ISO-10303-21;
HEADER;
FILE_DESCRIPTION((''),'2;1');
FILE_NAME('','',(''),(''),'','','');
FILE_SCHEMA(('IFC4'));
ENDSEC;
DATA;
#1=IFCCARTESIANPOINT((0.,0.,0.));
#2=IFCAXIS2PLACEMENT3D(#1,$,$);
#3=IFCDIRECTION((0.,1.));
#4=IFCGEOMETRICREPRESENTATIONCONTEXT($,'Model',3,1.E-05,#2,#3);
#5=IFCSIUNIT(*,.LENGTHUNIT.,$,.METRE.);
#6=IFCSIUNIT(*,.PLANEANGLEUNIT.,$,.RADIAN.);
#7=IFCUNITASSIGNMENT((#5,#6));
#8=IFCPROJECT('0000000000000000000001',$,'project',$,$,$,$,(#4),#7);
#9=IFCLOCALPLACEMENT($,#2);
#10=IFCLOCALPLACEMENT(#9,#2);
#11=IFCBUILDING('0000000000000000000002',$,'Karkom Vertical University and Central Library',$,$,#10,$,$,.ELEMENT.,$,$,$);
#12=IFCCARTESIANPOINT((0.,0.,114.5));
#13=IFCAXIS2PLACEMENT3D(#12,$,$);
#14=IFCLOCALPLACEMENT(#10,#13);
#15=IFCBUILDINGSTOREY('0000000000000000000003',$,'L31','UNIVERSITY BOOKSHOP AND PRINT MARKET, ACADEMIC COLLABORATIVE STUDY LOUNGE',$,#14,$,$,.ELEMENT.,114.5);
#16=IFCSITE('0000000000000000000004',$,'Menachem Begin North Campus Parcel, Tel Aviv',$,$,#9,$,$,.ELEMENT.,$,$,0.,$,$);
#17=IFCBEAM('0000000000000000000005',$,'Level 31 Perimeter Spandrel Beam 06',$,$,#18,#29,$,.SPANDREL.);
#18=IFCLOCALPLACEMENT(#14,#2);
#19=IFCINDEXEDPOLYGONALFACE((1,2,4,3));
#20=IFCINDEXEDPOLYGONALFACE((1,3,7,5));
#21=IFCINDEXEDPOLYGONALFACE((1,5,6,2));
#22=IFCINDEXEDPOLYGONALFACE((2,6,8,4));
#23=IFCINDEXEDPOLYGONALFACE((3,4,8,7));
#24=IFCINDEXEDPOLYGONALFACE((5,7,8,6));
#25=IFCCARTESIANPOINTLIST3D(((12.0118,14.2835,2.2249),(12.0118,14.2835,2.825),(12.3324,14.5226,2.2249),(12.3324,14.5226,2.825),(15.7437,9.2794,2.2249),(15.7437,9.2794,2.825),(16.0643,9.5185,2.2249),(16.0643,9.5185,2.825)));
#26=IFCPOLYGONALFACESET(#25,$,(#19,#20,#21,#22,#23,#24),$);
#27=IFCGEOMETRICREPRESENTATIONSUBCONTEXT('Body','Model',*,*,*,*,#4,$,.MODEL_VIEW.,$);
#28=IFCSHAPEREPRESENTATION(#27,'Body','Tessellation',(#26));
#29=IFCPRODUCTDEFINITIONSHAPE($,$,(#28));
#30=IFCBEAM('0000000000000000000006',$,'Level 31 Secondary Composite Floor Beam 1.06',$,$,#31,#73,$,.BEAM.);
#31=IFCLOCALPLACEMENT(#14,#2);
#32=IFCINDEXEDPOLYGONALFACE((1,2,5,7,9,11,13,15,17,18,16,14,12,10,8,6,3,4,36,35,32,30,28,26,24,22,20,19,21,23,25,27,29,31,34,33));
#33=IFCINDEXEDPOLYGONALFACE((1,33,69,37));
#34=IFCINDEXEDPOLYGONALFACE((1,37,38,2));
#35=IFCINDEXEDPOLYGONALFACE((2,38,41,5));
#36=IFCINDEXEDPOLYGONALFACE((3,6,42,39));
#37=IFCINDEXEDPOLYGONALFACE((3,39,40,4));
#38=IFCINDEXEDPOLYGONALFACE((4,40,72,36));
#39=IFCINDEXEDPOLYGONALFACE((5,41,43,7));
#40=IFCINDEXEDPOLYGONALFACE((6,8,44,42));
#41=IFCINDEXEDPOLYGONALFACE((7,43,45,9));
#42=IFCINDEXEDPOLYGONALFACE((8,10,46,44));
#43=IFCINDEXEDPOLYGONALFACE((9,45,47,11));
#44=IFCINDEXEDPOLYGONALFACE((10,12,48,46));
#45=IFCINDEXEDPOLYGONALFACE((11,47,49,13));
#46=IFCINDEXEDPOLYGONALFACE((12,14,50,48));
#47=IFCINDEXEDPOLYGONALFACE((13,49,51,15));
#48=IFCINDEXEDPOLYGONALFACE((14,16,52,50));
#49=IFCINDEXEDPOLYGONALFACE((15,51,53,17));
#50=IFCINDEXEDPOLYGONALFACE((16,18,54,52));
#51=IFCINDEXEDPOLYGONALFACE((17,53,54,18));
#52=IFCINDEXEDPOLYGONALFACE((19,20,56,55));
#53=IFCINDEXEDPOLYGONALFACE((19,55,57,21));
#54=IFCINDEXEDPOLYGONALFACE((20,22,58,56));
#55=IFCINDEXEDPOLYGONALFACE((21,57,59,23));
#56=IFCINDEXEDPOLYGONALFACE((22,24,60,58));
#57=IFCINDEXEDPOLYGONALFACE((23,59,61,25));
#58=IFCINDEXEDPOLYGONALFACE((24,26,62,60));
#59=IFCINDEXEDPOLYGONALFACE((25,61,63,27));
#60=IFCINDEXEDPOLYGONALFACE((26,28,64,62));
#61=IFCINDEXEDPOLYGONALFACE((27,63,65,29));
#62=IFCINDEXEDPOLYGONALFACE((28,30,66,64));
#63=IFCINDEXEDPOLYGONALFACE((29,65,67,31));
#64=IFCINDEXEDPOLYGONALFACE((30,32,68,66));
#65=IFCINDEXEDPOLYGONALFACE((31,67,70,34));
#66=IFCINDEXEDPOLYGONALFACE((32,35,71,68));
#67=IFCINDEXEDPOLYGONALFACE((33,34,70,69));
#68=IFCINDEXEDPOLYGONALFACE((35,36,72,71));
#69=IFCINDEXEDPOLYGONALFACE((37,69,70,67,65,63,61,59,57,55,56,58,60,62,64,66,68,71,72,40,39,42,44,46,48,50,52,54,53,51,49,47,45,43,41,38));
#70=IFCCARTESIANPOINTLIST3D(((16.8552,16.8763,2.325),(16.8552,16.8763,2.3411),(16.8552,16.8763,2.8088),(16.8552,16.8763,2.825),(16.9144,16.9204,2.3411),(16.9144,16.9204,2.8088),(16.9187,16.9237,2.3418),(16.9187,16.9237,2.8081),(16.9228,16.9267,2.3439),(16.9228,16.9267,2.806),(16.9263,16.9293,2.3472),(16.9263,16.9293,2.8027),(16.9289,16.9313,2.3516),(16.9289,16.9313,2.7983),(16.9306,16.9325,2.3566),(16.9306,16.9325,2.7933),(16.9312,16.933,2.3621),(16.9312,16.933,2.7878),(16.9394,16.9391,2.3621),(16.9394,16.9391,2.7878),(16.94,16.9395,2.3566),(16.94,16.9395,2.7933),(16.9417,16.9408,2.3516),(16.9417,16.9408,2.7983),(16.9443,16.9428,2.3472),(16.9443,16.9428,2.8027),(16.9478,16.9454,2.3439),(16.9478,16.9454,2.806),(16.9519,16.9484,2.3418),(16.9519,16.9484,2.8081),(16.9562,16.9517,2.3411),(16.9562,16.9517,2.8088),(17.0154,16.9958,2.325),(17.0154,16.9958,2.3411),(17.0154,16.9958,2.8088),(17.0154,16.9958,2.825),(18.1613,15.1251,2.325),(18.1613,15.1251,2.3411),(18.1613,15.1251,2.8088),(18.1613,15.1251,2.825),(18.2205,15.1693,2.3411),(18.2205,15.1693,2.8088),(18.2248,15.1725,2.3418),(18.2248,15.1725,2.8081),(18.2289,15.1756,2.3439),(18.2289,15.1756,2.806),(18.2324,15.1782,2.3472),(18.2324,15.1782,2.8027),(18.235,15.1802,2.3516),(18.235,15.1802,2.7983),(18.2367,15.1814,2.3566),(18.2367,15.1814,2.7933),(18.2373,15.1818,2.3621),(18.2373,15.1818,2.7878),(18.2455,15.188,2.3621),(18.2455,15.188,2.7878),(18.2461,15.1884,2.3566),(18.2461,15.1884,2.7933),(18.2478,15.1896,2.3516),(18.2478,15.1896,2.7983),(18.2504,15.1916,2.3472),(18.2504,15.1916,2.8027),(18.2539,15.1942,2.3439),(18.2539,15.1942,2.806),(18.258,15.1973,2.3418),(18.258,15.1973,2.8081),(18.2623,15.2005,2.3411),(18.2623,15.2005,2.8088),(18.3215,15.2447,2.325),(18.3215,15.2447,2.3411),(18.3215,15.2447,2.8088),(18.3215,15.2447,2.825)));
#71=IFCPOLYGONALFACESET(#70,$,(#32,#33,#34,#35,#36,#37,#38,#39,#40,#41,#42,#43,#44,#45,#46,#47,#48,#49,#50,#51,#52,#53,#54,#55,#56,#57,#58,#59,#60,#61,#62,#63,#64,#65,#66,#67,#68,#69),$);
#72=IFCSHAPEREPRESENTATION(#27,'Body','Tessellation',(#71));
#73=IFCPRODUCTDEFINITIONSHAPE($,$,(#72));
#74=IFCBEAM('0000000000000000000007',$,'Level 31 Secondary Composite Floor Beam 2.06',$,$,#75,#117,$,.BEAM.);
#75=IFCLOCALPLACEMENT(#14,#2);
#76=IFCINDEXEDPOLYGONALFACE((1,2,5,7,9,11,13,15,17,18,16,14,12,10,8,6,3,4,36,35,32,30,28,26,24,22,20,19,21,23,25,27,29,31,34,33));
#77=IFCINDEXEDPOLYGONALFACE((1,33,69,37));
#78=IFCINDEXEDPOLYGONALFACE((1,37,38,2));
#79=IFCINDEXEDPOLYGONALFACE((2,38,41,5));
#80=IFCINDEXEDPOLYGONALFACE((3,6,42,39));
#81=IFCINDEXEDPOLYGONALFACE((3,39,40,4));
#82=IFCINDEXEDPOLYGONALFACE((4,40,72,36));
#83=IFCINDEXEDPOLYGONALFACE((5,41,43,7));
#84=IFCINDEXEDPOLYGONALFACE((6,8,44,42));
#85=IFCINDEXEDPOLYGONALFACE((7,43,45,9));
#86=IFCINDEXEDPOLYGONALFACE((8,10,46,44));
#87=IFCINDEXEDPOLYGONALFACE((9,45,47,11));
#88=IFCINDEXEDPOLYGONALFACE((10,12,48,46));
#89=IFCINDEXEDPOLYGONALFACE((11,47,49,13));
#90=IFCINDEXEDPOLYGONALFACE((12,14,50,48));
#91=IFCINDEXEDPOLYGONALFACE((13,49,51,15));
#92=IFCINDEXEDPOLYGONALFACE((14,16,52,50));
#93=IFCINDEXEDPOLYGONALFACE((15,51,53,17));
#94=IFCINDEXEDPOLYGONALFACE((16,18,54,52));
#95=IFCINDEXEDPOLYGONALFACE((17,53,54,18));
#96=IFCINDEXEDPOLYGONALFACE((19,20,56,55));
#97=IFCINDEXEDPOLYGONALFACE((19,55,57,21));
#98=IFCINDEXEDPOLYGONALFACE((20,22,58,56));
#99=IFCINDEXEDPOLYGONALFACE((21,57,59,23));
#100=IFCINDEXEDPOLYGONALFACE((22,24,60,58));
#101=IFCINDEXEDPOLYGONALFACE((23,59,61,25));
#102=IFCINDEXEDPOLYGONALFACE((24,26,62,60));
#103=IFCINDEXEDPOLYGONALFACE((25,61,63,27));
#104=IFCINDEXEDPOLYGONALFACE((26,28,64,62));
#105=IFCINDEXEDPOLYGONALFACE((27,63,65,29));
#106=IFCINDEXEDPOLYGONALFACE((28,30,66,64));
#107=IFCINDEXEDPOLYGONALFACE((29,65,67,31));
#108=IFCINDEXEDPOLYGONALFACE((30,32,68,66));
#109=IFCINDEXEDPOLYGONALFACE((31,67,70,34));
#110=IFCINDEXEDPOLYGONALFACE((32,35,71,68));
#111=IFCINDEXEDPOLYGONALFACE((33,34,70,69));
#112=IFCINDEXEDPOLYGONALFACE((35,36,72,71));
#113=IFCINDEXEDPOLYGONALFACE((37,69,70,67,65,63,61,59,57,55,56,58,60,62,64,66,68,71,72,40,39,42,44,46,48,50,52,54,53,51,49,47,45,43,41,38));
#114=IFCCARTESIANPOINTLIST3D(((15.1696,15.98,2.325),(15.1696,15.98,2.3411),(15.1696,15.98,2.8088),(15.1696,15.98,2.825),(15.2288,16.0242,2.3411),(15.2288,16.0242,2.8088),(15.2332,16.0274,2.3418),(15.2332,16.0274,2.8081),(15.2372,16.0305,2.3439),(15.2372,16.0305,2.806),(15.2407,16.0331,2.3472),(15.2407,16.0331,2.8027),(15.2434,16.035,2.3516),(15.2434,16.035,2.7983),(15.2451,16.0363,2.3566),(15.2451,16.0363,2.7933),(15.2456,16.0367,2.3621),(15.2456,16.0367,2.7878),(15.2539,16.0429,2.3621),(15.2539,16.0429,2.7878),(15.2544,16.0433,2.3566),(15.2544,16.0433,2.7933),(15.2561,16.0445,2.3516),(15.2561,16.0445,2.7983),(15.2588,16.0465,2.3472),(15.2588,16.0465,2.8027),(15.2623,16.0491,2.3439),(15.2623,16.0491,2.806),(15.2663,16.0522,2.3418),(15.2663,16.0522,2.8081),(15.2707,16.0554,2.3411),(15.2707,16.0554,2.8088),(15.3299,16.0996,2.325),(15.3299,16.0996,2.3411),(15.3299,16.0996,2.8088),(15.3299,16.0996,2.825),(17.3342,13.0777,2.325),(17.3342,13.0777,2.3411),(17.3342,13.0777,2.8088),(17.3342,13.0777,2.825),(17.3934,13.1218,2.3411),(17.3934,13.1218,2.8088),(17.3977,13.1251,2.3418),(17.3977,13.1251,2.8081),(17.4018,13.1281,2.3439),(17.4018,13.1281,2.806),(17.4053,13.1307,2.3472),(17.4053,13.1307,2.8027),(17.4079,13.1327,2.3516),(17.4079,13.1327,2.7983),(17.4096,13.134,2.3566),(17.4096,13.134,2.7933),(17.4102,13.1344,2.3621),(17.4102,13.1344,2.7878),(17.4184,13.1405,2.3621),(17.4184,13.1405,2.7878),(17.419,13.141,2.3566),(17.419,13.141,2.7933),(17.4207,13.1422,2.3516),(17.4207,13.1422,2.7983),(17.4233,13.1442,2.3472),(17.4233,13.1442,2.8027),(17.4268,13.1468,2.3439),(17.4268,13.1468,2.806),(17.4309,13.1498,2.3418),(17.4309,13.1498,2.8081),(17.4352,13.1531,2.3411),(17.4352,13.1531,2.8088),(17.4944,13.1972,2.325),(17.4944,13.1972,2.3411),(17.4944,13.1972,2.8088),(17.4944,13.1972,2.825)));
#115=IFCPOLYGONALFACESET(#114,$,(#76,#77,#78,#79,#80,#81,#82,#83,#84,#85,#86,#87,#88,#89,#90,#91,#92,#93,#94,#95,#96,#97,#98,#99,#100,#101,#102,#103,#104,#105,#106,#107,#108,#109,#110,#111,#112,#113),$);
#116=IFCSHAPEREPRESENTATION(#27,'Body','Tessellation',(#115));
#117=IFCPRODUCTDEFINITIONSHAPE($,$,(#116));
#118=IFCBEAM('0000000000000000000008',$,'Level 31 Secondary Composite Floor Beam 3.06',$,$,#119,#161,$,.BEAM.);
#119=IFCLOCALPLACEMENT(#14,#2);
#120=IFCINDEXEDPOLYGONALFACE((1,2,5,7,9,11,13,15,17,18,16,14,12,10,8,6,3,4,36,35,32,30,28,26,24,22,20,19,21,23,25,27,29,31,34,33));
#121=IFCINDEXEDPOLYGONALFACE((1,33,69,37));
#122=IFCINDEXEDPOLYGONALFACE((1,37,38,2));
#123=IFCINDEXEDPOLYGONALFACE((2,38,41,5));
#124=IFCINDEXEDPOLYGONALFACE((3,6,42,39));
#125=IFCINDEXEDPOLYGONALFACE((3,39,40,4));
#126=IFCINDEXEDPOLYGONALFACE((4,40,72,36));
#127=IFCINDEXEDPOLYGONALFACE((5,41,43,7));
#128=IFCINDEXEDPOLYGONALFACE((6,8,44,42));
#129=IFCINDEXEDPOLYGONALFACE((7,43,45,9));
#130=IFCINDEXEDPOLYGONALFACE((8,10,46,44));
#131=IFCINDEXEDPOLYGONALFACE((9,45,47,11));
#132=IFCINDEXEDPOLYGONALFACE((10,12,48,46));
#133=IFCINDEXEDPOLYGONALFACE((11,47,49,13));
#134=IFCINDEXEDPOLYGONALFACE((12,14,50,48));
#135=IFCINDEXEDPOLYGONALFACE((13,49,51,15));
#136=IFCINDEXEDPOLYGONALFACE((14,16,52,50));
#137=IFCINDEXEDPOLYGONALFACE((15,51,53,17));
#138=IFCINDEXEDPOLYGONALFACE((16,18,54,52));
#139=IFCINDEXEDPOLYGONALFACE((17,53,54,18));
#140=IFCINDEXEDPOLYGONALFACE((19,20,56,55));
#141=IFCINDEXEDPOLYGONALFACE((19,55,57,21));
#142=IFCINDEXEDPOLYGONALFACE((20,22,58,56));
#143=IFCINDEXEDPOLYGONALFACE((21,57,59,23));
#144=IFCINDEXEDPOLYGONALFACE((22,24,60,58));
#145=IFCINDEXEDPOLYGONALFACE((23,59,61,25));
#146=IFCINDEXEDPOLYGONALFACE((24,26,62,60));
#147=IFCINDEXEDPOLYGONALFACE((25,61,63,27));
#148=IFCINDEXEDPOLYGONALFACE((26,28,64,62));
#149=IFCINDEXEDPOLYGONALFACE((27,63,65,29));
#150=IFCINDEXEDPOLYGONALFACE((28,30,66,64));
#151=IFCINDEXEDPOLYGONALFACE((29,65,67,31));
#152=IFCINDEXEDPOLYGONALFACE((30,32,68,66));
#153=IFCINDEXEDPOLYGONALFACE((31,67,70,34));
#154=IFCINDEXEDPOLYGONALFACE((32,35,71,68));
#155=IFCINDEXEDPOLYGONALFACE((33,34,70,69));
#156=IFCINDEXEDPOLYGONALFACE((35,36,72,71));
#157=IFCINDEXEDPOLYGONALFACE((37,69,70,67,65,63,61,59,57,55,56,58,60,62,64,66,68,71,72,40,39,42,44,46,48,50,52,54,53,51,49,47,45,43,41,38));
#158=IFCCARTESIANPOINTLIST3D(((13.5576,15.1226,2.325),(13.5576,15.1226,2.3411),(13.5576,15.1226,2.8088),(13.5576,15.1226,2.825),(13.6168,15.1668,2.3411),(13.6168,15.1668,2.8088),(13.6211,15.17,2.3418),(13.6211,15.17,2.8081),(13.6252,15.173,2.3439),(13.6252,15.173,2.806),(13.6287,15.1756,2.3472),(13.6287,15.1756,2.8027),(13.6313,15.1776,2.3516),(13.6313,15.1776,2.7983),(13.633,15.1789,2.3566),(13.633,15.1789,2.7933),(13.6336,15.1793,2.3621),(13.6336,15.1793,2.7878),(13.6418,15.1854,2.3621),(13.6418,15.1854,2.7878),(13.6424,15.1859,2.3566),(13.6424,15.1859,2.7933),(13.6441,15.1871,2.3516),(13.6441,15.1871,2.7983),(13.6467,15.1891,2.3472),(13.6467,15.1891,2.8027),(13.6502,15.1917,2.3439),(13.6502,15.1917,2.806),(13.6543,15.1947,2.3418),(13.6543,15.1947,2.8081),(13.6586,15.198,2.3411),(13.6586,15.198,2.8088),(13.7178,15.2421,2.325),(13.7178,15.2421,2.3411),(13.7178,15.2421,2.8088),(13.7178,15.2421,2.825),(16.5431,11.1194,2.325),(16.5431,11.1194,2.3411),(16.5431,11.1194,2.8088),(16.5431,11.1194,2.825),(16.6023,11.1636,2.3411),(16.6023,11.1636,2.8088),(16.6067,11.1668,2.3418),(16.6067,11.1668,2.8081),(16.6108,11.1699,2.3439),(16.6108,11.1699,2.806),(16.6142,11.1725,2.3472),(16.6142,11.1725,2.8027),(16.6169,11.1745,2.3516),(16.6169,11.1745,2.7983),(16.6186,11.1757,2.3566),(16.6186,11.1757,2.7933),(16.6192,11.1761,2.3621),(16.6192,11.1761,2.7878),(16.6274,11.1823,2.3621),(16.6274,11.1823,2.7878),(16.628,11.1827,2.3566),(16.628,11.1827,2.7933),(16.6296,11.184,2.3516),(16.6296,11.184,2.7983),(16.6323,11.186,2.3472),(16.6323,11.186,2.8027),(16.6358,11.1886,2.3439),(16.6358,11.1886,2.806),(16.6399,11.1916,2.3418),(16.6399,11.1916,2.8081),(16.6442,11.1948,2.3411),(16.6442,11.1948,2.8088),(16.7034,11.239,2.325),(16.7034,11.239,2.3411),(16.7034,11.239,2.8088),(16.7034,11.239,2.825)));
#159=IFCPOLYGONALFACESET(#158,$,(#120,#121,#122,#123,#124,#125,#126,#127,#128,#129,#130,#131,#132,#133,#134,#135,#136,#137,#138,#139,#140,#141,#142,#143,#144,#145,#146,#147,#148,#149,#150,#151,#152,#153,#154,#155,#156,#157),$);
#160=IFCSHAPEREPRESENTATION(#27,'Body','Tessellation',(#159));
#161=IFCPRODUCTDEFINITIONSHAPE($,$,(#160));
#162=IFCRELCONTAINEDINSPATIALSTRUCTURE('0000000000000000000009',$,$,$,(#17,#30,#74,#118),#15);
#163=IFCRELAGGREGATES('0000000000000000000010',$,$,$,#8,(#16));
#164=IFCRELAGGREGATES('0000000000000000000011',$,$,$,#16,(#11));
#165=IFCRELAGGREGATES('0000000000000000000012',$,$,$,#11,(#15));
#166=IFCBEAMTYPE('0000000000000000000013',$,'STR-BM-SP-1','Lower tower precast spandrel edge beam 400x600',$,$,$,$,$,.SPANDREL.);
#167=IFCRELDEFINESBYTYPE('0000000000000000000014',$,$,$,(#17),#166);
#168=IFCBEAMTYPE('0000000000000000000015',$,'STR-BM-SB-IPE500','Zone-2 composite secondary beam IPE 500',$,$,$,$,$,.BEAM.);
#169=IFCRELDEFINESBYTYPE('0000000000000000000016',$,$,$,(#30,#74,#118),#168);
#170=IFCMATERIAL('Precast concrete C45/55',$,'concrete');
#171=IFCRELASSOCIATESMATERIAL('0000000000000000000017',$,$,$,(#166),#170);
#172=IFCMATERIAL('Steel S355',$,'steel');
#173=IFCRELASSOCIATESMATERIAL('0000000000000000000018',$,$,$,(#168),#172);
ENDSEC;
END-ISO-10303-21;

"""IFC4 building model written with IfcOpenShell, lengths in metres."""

from ifc_helpers import new_model, si_unit, direction, frame, origin, origin_with_axes, origin_2d, place, context, subcontext, project, spatial, rectangle, i_section, extrude, source, transform, mapped, material, material_profile, profile_set, type_object, element, save


model = new_model("IFC4")

# Units and contexts
model_context = context("Model", 3, precision=1e-05, world=origin(), true_north=direction((0.0, 1.0)))
body_context = subcontext(model_context, "Body", "Model", "MODEL_VIEW")
ifc_project = project(units=[si_unit("LENGTHUNIT", "METRE"), si_unit("PLANEANGLEUNIT", "RADIAN")], contexts=[model_context])

# Site, building, storey
site_placement = place(None, origin())
site = spatial("IfcSite", under=ifc_project, at=site_placement, Name="Menachem Begin North Campus Parcel, Tel Aviv", CompositionType="ELEMENT", RefElevation=0.0)
building_placement = place(site_placement, origin())
building = spatial("IfcBuilding", under=site, at=building_placement, Name="Karkom Vertical University and Central Library", CompositionType="ELEMENT")
storey_placement = place(building_placement, frame((0.0, 0.0, 114.5)))
storey = spatial("IfcBuildingStorey", under=building, at=storey_placement, Name="L31", Description="UNIVERSITY BOOKSHOP AND PRINT MARKET, ACADEMIC COLLABORATIVE STUDY LOUNGE", CompositionType="ELEMENT", Elevation=114.5)

# Beams
ifc_material_1 = material(Name="Precast concrete C45/55", Category="concrete")
ifc_material_profile_1 = material_profile(ifc_material_1, rectangle(XDim=0.3999, YDim=0.6001, at=origin_2d()), Name="SPB-400x600")
ifc_profile_set_1 = profile_set([ifc_material_profile_1], Name="Precast concrete C45/55")
beam_type_1 = type_object("IfcBeamType", Name="STR-BM-SP-1", Description="Lower tower precast spandrel edge beam 400x600", PredefinedType="SPANDREL", material=ifc_profile_set_1)
shared_shape_1 = source(origin_with_axes(), body_context, "Body", "SweptSolid", [
    extrude(rectangle(XDim=0.3999, YDim=0.6001, at=origin_2d()), origin(), (0.0, 0.0, 1.0), 6.2424),
])
beam_1_placement = place(storey_placement, frame((12.1721, 14.4031, 2.5249), z_axis=(0.597826, -0.801626, 0.0), x_axis=(0.801626, 0.597826, 0.0)))
element("IfcBeam", 1, at=beam_1_placement, inside=storey, type_object=beam_type_1, Name="Level 31 Perimeter Spandrel Beam 06", PredefinedType="SPANDREL", context=body_context, shape_type="MappedRepresentation", body=[
    mapped(shared_shape_1, transform((0.0, 0.0, 0.0), scale=1.0)),
])
ifc_material_2 = material(Name="Steel S355", Category="steel")
ifc_material_profile_2 = material_profile(ifc_material_2, i_section(OverallWidth=0.2, OverallDepth=0.5, WebThickness=0.0103, FlangeThickness=0.0161, FilletRadius=0.021, at=origin_2d()), Name="IPE 500")
ifc_profile_set_2 = profile_set([ifc_material_profile_2], Name="Steel S355")
beam_type_2 = type_object("IfcBeamType", Name="STR-BM-SB-IPE500", Description="Zone-2 composite secondary beam IPE 500", PredefinedType="BEAM", material=ifc_profile_set_2)
shared_shape_2 = source(origin_with_axes(), body_context, "Body", "SweptSolid", [
    extrude(i_section(OverallWidth=0.2, OverallDepth=0.5, WebThickness=0.0103, FlangeThickness=0.0161, FilletRadius=0.021, at=origin_2d()), origin(), (0.0, 0.0, 1.0), 2.1846),
])
beam_2_placement = place(storey_placement, frame((16.9353, 16.936, 2.575), z_axis=(0.59787, -0.801593, 0.0), x_axis=(0.801593, 0.59787, 0.0)))
element("IfcBeam", 2, at=beam_2_placement, inside=storey, type_object=beam_type_2, Name="Level 31 Secondary Composite Floor Beam 1.06", PredefinedType="BEAM", context=body_context, shape_type="MappedRepresentation", body=[
    mapped(shared_shape_2, transform((0.0, 0.0, 0.0), scale=1.0)),
])
shared_shape_3 = source(origin_with_axes(), body_context, "Body", "SweptSolid", [
    extrude(i_section(OverallWidth=0.2, OverallDepth=0.5, WebThickness=0.0103, FlangeThickness=0.0161, FilletRadius=0.021, at=origin_2d()), origin(), (0.0, 0.0, 1.0), 3.6206),
])
beam_3_placement = place(storey_placement, frame((15.2498, 16.0398, 2.575), z_axis=(0.59784, -0.801615, 0.0), x_axis=(0.801615, 0.59784, 0.0)))
element("IfcBeam", 3, at=beam_3_placement, inside=storey, type_object=beam_type_2, Name="Level 31 Secondary Composite Floor Beam 2.06", PredefinedType="BEAM", context=body_context, shape_type="MappedRepresentation", body=[
    mapped(shared_shape_3, transform((0.0, 0.0, 0.0), scale=1.0)),
])
shared_shape_4 = source(origin_with_axes(), body_context, "Body", "SweptSolid", [
    extrude(i_section(OverallWidth=0.2, OverallDepth=0.5, WebThickness=0.0103, FlangeThickness=0.0161, FilletRadius=0.021, at=origin_2d()), origin(), (0.0, 0.0, 1.0), 4.9939),
])
beam_4_placement = place(storey_placement, frame((13.6377, 15.1824, 2.575), z_axis=(0.597847, -0.80161, 0.0), x_axis=(0.80161, 0.597847, 0.0)))
element("IfcBeam", 4, at=beam_4_placement, inside=storey, type_object=beam_type_2, Name="Level 31 Secondary Composite Floor Beam 3.06", PredefinedType="BEAM", context=body_context, shape_type="MappedRepresentation", body=[
    mapped(shared_shape_4, transform((0.0, 0.0, 0.0), scale=1.0)),
])

save(model, "model.ifc")
